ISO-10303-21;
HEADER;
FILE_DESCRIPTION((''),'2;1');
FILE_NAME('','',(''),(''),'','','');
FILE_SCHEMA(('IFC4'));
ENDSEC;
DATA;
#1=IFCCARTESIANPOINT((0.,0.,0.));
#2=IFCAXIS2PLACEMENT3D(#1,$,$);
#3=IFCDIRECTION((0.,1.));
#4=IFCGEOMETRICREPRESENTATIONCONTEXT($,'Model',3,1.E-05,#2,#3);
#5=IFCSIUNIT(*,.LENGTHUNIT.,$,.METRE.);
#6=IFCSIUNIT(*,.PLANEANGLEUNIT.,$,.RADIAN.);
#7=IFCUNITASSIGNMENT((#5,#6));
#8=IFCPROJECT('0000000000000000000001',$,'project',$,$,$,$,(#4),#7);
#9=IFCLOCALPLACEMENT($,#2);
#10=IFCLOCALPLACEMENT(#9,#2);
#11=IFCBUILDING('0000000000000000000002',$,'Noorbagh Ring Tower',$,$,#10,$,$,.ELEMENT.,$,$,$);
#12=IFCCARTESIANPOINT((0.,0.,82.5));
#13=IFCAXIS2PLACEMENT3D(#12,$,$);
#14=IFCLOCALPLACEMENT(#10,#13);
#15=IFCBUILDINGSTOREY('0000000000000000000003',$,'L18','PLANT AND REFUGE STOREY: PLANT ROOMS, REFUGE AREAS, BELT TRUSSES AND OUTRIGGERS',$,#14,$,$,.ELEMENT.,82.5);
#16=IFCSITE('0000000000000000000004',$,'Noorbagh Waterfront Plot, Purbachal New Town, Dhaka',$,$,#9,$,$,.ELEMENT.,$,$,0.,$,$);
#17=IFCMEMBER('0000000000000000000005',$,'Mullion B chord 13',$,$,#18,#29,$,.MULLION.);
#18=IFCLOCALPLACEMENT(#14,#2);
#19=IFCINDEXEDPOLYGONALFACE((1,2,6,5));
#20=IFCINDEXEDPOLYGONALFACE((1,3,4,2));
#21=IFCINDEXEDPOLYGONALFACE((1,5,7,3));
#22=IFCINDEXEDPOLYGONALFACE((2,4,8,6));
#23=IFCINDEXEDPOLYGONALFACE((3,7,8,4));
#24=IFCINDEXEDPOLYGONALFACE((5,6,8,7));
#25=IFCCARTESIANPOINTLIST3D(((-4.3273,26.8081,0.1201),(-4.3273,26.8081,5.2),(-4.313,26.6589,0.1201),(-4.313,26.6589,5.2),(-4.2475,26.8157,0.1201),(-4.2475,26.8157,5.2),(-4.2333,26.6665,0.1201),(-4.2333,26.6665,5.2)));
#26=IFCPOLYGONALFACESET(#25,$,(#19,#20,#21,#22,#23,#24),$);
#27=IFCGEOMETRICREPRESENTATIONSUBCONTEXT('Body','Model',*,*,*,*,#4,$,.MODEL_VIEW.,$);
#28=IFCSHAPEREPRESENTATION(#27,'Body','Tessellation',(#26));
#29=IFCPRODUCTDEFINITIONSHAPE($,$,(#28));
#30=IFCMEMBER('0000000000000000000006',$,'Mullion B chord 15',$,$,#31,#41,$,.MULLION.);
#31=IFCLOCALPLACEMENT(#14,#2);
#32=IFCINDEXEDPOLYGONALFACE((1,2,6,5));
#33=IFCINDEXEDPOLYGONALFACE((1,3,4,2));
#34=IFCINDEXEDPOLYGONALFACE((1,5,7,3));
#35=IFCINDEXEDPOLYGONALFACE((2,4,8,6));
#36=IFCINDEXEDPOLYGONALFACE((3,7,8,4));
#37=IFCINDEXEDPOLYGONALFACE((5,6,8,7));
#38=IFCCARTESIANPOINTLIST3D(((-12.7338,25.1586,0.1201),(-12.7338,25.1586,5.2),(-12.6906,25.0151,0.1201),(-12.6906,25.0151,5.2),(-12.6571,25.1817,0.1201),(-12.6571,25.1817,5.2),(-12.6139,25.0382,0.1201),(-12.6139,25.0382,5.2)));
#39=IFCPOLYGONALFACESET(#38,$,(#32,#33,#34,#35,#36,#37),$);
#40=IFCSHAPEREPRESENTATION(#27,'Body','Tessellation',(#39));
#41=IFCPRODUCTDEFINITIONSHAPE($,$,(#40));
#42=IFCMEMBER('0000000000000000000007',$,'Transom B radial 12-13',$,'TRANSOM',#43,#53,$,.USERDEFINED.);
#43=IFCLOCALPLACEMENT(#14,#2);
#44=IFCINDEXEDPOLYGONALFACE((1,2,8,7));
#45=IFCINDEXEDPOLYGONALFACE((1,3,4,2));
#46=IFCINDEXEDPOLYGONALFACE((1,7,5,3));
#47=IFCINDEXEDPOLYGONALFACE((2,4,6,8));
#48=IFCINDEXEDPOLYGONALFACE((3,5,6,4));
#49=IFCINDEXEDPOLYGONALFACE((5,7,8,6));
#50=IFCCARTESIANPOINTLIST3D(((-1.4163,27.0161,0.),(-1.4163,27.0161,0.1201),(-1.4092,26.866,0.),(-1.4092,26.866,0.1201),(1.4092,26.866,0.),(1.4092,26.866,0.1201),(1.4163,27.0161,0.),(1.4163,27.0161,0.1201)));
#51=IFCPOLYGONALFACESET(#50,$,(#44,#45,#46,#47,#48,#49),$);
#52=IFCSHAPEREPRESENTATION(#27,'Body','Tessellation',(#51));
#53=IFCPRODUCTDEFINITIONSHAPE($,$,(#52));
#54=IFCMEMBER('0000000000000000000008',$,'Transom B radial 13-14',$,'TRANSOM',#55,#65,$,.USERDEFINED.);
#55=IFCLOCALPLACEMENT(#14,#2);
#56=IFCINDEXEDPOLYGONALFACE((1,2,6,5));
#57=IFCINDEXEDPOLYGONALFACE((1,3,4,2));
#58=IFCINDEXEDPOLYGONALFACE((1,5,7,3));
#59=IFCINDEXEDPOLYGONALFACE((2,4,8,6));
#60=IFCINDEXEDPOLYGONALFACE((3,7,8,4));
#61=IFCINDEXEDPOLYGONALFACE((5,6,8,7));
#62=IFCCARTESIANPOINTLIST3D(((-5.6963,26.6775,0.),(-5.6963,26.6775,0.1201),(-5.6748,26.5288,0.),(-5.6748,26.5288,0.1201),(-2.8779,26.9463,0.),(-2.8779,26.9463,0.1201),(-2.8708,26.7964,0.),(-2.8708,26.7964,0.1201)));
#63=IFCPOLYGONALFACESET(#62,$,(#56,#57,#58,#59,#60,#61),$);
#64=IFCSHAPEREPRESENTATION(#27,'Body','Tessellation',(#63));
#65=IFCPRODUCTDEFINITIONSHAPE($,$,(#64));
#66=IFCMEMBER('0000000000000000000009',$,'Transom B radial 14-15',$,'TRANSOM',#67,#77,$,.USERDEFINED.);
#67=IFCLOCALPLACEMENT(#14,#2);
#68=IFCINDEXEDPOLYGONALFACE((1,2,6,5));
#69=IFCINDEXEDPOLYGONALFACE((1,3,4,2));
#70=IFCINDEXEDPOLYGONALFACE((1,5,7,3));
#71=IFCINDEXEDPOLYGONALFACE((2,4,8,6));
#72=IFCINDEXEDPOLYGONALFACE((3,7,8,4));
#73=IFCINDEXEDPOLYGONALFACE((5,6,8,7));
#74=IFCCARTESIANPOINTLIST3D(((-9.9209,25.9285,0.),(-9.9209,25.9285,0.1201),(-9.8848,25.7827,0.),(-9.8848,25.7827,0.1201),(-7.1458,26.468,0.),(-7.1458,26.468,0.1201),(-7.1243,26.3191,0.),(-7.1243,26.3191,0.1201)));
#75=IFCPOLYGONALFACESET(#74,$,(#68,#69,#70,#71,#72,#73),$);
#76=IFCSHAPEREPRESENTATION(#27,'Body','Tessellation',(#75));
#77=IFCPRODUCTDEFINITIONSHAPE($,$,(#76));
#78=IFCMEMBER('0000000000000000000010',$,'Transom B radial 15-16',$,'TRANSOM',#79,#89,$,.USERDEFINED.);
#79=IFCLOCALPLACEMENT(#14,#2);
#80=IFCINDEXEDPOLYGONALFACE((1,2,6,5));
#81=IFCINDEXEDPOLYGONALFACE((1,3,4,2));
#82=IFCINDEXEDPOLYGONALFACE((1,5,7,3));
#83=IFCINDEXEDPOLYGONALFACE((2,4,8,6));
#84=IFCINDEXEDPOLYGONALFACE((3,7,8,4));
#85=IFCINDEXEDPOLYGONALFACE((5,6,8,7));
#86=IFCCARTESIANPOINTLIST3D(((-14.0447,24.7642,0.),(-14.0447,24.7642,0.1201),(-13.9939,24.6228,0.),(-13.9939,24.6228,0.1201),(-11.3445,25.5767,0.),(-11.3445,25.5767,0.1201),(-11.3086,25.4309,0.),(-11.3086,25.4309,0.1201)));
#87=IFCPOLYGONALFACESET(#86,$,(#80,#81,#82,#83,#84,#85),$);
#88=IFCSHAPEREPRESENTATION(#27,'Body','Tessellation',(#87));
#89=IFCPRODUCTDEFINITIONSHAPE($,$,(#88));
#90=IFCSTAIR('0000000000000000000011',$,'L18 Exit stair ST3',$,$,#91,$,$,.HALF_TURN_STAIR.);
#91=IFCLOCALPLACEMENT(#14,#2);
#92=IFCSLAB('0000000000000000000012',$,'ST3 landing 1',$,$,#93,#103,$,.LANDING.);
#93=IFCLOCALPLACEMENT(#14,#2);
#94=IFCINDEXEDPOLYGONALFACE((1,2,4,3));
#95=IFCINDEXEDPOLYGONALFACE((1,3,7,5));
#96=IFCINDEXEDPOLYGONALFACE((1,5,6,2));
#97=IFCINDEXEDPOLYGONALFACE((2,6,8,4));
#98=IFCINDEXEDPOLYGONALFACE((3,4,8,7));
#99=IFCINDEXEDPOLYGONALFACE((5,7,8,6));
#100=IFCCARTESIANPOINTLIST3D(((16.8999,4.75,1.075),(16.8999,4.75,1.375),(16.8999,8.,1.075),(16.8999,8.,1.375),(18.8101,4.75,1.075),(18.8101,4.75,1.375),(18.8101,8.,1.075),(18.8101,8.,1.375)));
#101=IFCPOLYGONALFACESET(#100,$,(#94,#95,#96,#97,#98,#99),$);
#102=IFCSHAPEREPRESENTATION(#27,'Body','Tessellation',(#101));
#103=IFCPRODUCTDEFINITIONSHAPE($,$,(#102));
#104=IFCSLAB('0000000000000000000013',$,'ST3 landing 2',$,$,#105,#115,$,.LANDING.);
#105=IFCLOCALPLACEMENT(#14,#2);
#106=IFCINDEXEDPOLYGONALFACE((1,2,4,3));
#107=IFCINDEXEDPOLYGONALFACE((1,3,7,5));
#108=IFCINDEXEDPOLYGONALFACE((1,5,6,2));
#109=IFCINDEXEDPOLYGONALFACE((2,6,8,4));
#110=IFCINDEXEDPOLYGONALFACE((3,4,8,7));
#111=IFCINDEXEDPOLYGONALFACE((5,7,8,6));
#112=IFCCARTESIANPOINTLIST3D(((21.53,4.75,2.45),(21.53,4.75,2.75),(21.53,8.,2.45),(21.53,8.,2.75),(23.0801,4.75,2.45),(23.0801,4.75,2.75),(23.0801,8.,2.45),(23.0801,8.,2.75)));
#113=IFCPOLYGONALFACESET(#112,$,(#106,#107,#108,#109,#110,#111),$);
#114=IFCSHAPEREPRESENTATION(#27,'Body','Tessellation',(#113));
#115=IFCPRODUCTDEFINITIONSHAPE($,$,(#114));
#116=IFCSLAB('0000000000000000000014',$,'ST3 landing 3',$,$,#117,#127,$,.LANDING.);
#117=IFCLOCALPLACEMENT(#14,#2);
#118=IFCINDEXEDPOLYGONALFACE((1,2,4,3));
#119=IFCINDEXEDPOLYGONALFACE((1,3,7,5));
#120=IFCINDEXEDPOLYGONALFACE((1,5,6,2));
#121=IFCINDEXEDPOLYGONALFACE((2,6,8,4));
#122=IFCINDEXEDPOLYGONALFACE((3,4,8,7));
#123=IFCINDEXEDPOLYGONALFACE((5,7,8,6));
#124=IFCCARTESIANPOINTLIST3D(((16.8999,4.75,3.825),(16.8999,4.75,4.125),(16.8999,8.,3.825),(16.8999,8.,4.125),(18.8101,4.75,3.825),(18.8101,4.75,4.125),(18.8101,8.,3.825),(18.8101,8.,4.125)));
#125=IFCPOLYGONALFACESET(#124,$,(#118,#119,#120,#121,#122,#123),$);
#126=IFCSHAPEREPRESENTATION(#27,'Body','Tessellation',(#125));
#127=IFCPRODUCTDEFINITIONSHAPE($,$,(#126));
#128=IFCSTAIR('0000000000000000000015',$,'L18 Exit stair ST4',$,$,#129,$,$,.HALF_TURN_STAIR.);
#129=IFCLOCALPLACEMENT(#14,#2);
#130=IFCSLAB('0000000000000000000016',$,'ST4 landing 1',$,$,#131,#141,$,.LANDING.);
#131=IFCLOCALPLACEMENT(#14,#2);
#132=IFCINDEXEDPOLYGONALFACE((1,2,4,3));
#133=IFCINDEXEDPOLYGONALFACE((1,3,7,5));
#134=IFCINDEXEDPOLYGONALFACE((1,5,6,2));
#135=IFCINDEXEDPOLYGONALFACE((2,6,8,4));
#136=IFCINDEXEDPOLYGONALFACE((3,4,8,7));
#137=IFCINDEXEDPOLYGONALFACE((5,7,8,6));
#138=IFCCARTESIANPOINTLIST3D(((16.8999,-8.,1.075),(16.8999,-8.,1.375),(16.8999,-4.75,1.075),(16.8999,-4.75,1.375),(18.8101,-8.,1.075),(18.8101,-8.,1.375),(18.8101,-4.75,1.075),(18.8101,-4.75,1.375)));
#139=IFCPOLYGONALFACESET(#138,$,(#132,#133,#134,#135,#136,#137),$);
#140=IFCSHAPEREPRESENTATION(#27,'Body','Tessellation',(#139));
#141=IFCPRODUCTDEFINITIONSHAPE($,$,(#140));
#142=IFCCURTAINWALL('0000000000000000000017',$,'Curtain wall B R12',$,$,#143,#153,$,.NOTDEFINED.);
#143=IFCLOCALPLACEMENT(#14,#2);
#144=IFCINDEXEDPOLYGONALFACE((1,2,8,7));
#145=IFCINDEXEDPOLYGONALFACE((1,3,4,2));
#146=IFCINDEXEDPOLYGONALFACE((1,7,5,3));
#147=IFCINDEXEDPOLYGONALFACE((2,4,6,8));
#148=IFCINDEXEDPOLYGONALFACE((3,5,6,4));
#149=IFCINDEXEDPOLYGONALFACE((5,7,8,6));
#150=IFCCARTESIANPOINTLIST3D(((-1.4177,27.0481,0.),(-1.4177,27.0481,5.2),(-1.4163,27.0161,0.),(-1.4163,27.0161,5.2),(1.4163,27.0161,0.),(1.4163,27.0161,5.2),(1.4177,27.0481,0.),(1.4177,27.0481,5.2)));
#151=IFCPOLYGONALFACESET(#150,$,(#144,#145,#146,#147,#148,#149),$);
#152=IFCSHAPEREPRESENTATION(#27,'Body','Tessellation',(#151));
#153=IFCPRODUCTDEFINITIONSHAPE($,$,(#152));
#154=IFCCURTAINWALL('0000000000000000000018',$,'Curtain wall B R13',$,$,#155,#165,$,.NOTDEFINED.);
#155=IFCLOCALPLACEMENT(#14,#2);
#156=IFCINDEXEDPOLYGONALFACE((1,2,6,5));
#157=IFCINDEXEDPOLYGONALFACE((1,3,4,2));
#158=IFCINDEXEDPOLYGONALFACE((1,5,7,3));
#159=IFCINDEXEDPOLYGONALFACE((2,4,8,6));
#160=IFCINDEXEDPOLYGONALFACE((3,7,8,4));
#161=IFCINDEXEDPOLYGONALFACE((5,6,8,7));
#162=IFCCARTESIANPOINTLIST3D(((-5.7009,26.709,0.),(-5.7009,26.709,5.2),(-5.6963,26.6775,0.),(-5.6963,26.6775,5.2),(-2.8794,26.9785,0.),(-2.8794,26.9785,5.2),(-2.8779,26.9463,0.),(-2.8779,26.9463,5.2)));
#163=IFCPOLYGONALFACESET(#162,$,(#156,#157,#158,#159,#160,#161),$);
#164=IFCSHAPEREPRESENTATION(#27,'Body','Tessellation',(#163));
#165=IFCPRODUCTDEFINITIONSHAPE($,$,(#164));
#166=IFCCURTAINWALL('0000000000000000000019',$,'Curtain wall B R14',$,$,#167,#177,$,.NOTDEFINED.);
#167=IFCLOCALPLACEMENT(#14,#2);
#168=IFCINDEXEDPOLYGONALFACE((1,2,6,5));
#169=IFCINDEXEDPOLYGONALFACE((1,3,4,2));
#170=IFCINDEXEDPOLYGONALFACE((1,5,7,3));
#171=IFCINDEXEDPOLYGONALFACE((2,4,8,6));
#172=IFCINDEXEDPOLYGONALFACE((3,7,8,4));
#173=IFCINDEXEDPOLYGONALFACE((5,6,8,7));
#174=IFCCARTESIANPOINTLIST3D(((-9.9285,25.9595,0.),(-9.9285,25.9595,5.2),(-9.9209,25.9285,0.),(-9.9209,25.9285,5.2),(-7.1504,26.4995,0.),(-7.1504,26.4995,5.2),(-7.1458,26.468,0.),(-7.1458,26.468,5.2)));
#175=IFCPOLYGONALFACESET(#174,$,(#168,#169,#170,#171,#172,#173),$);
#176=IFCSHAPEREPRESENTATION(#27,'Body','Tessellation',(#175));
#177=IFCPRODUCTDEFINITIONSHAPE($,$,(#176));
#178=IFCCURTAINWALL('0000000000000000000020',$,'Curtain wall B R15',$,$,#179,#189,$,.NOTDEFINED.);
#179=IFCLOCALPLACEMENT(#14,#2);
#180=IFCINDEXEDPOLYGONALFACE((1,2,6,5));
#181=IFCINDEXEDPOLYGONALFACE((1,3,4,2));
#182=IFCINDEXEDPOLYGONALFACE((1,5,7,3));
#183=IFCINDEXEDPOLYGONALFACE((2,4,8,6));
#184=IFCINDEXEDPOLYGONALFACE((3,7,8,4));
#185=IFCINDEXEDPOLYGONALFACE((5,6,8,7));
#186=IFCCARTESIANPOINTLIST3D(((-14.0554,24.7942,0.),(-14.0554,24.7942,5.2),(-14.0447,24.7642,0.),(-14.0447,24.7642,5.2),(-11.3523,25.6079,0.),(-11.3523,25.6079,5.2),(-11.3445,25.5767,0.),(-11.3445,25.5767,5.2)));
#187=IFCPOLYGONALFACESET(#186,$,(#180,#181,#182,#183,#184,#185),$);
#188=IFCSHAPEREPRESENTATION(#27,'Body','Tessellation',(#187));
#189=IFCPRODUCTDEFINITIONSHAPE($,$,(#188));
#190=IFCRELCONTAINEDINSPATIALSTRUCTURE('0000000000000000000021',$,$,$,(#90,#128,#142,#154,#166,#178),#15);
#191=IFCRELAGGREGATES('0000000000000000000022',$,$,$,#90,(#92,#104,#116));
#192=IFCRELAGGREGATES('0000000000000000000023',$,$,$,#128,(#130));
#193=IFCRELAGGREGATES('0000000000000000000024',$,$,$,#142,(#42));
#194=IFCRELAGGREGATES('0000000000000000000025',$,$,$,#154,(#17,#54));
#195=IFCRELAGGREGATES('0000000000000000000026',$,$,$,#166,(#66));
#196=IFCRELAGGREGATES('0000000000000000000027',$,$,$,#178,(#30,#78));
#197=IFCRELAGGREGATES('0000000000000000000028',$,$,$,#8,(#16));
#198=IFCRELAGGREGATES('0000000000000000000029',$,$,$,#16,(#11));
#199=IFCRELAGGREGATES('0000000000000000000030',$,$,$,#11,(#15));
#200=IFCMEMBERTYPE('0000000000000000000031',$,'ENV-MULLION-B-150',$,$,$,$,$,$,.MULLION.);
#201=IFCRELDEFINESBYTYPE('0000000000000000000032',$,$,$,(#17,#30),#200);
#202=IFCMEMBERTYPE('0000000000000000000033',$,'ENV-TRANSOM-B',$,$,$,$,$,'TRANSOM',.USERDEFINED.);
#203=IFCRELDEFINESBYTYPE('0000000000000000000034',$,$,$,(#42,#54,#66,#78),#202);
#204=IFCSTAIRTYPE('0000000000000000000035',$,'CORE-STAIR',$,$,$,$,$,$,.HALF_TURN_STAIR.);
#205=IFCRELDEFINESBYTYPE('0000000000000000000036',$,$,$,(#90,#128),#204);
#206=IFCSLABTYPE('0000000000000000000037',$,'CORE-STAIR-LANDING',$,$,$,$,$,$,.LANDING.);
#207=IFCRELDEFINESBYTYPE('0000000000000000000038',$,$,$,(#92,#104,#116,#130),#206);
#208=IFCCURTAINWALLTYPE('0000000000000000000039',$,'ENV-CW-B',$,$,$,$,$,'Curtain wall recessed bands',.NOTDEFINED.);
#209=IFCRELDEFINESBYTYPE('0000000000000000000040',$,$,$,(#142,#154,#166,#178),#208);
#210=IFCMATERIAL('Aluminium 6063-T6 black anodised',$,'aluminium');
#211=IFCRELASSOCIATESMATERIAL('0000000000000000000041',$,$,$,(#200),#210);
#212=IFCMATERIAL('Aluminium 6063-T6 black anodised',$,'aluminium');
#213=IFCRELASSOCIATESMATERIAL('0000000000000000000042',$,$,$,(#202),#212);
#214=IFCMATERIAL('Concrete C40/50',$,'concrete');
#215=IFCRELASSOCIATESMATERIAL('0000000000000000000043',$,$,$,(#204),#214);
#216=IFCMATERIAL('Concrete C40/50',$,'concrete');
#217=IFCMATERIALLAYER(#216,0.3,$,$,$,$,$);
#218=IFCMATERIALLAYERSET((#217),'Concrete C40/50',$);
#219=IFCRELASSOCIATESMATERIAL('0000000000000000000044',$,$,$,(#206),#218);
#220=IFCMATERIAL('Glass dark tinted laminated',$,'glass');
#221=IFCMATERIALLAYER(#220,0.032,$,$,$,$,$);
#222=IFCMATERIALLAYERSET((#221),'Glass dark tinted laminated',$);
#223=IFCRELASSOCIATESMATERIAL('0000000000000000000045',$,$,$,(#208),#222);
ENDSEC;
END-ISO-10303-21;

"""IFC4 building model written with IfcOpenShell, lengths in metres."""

from ifc_helpers import new_model, si_unit, direction, frame, origin, origin_2d, place, context, subcontext, project, spatial, polyline, rectangle, outline, extrude, material, layer, layer_set, material_profile, profile_set, type_object, element, aggregate, save


model = new_model("IFC4")

# Units and contexts
model_context = context("Model", 3, precision=1e-05, world=origin(), true_north=direction((0.0, 1.0)))
body_context = subcontext(model_context, "Body", "Model", "MODEL_VIEW")
ifc_project = project(units=[si_unit("LENGTHUNIT", "METRE"), si_unit("PLANEANGLEUNIT", "RADIAN")], contexts=[model_context])

# Members
ifc_material_1 = material(Name="Aluminium 6063-T6 black anodised", Category="aluminium")
ifc_material_profile = material_profile(ifc_material_1, rectangle(XDim=0.1499, YDim=0.0801, at=origin_2d()), Name="150x80")
ifc_profile_set = profile_set([ifc_material_profile], Name="Aluminium 6063-T6 black anodised")
member_type_1 = type_object("IfcMemberType", Name="ENV-MULLION-B-150", PredefinedType="MULLION", material=ifc_profile_set)
site_placement = place(None, origin())
building_placement = place(site_placement, origin())
storey_placement = place(building_placement, frame((0.0, 0.0, 82.5)))
member_1_placement = place(storey_placement, frame((-4.2803, 26.7373, 0.1201), z_axis=(0.0, 0.0, 1.0), x_axis=(0.095008, -0.995476, 0.0)))
member_1 = element("IfcMember", 1, at=member_1_placement, type_object=member_type_1, Name="Mullion B chord 13", PredefinedType="MULLION", context=body_context, shape_type="SweptSolid", body=[
    extrude(rectangle(XDim=0.1499, YDim=0.0801, at=origin_2d()), origin(), (0.0, 0.0, 1.0), 5.0798),
])
member_2_placement = place(storey_placement, frame((-12.6738, 25.0984, 0.1201), z_axis=(0.0, 0.0, 1.0), x_axis=(0.288174, -0.957578, 0.0)))
member_2 = element("IfcMember", 2, at=member_2_placement, type_object=member_type_1, Name="Mullion B chord 15", PredefinedType="MULLION", context=body_context, shape_type="SweptSolid", body=[
    extrude(rectangle(XDim=0.1499, YDim=0.0801, at=origin_2d()), origin(), (0.0, 0.0, 1.0), 5.0798),
])
ifc_material_2 = material(Name="Aluminium 6063-T6 black anodised", Category="aluminium")
member_type_2 = type_object("IfcMemberType", Name="ENV-TRANSOM-B", ElementType="TRANSOM", PredefinedType="USERDEFINED", material=ifc_material_2)
member_3_placement = place(storey_placement, origin())
member_3 = element("IfcMember", 3, at=member_3_placement, type_object=member_type_2, Name="Transom B radial 12-13", ObjectType="TRANSOM", PredefinedType="USERDEFINED", context=body_context, shape_type="SweptSolid", body=[
    extrude(outline(polyline([(1.4163, 27.0161), (-1.4163, 27.0161), (-1.4092, 26.866), (1.4092, 26.866), (1.4163, 27.0161)])), origin(), (0.0, 0.0, 1.0), 0.1201),
])
member_4_placement = place(storey_placement, origin())
member_4 = element("IfcMember", 4, at=member_4_placement, type_object=member_type_2, Name="Transom B radial 13-14", ObjectType="TRANSOM", PredefinedType="USERDEFINED", context=body_context, shape_type="SweptSolid", body=[
    extrude(outline(polyline([(-2.8779, 26.9463), (-5.6963, 26.6775), (-5.6748, 26.5288), (-2.8708, 26.7964), (-2.8779, 26.9463)])), origin(), (0.0, 0.0, 1.0), 0.1201),
])
member_5_placement = place(storey_placement, origin())
member_5 = element("IfcMember", 5, at=member_5_placement, type_object=member_type_2, Name="Transom B radial 14-15", ObjectType="TRANSOM", PredefinedType="USERDEFINED", context=body_context, shape_type="SweptSolid", body=[
    extrude(outline(polyline([(-7.1458, 26.468), (-9.9209, 25.9285), (-9.8848, 25.7827), (-7.1243, 26.3191), (-7.1458, 26.468)])), origin(), (0.0, 0.0, 1.0), 0.1201),
])
member_6_placement = place(storey_placement, origin())
member_6 = element("IfcMember", 6, at=member_6_placement, type_object=member_type_2, Name="Transom B radial 15-16", ObjectType="TRANSOM", PredefinedType="USERDEFINED", context=body_context, shape_type="SweptSolid", body=[
    extrude(outline(polyline([(-11.3445, 25.5767), (-14.0447, 24.7642), (-13.9939, 24.6228), (-11.3086, 25.4309), (-11.3445, 25.5767)])), origin(), (0.0, 0.0, 1.0), 0.1201),
])

# Site, building, storey
site = spatial("IfcSite", under=ifc_project, at=site_placement, Name="Noorbagh Waterfront Plot, Purbachal New Town, Dhaka", CompositionType="ELEMENT", RefElevation=0.0)
building = spatial("IfcBuilding", under=site, at=building_placement, Name="Noorbagh Ring Tower", CompositionType="ELEMENT")
storey = spatial("IfcBuildingStorey", under=building, at=storey_placement, Name="L18", Description="PLANT AND REFUGE STOREY: PLANT ROOMS, REFUGE AREAS, BELT TRUSSES AND OUTRIGGERS", CompositionType="ELEMENT", Elevation=82.5)

# Stairs, slabs
ifc_material_3 = material(Name="Concrete C40/50", Category="concrete")
stair_type = type_object("IfcStairType", Name="CORE-STAIR", PredefinedType="HALF_TURN_STAIR", material=ifc_material_3)
stair_1_placement = place(storey_placement, origin())
stair_1 = element("IfcStair", 7, at=stair_1_placement, inside=storey, type_object=stair_type, Name="L18 Exit stair ST3", PredefinedType="HALF_TURN_STAIR")
ifc_material_4 = material(Name="Concrete C40/50", Category="concrete")
ifc_layer_1 = layer(ifc_material_4, 0.3)
ifc_layer_set_1 = layer_set([ifc_layer_1], Name="Concrete C40/50")
slab_type = type_object("IfcSlabType", Name="CORE-STAIR-LANDING", PredefinedType="LANDING", material=ifc_layer_set_1)
slab_1_placement = place(storey_placement, frame((0.0, 0.0, 1.075)))
slab_1 = element("IfcSlab", 8, at=slab_1_placement, type_object=slab_type, Name="ST3 landing 1", PredefinedType="LANDING", context=body_context, shape_type="SweptSolid", body=[
    extrude(outline(polyline([(18.8101, 8.0), (16.8999, 8.0), (16.8999, 4.75), (18.8101, 4.75), (18.8101, 8.0)])), origin(), (0.0, 0.0, 1.0), 0.3),
])
slab_2_placement = place(storey_placement, frame((0.0, 0.0, 2.45)))
slab_2 = element("IfcSlab", 9, at=slab_2_placement, type_object=slab_type, Name="ST3 landing 2", PredefinedType="LANDING", context=body_context, shape_type="SweptSolid", body=[
    extrude(outline(polyline([(23.0801, 8.0), (21.53, 8.0), (21.53, 4.75), (23.0801, 4.75), (23.0801, 8.0)])), origin(), (0.0, 0.0, 1.0), 0.3),
])
slab_3_placement = place(storey_placement, frame((0.0, 0.0, 3.825)))
slab_3 = element("IfcSlab", 10, at=slab_3_placement, type_object=slab_type, Name="ST3 landing 3", PredefinedType="LANDING", context=body_context, shape_type="SweptSolid", body=[
    extrude(outline(polyline([(18.8101, 8.0), (16.8999, 8.0), (16.8999, 4.75), (18.8101, 4.75), (18.8101, 8.0)])), origin(), (0.0, 0.0, 1.0), 0.3),
])
aggregate(stair_1, [slab_1, slab_2, slab_3])
stair_2_placement = place(storey_placement, origin())
stair_2 = element("IfcStair", 11, at=stair_2_placement, inside=storey, type_object=stair_type, Name="L18 Exit stair ST4", PredefinedType="HALF_TURN_STAIR")
slab_4_placement = place(storey_placement, frame((0.0, 0.0, 1.075)))
slab_4 = element("IfcSlab", 12, at=slab_4_placement, type_object=slab_type, Name="ST4 landing 1", PredefinedType="LANDING", context=body_context, shape_type="SweptSolid", body=[
    extrude(outline(polyline([(18.8101, -4.75), (16.8999, -4.75), (16.8999, -8.0), (18.8101, -8.0), (18.8101, -4.75)])), origin(), (0.0, 0.0, 1.0), 0.3),
])
aggregate(stair_2, [slab_4])

# Curtain walls
ifc_material_5 = material(Name="Glass dark tinted laminated", Category="glass")
ifc_layer_2 = layer(ifc_material_5, 0.032)
ifc_layer_set_2 = layer_set([ifc_layer_2], Name="Glass dark tinted laminated")
curtain_wall_type = type_object("IfcCurtainWallType", Name="ENV-CW-B", ElementType="Curtain wall recessed bands", PredefinedType="NOTDEFINED", material=ifc_layer_set_2)
curtain_wall_1_placement = place(storey_placement, origin())
curtain_wall_1 = element("IfcCurtainWall", 13, at=curtain_wall_1_placement, inside=storey, type_object=curtain_wall_type, Name="Curtain wall B R12", PredefinedType="NOTDEFINED", context=body_context, shape_type="SweptSolid", body=[
    extrude(outline(polyline([(1.4177, 27.0481), (-1.4177, 27.0481), (-1.4163, 27.0161), (1.4163, 27.0161), (1.4177, 27.0481)])), origin(), (0.0, 0.0, 1.0), 5.2),
])
aggregate(curtain_wall_1, [member_3])
curtain_wall_2_placement = place(storey_placement, origin())
curtain_wall_2 = element("IfcCurtainWall", 14, at=curtain_wall_2_placement, inside=storey, type_object=curtain_wall_type, Name="Curtain wall B R13", PredefinedType="NOTDEFINED", context=body_context, shape_type="SweptSolid", body=[
    extrude(outline(polyline([(-2.8794, 26.9785), (-5.7009, 26.709), (-5.6963, 26.6775), (-2.8779, 26.9463), (-2.8794, 26.9785)])), origin(), (0.0, 0.0, 1.0), 5.2),
])
aggregate(curtain_wall_2, [member_1, member_4])
curtain_wall_3_placement = place(storey_placement, origin())
curtain_wall_3 = element("IfcCurtainWall", 15, at=curtain_wall_3_placement, inside=storey, type_object=curtain_wall_type, Name="Curtain wall B R14", PredefinedType="NOTDEFINED", context=body_context, shape_type="SweptSolid", body=[
    extrude(outline(polyline([(-7.1504, 26.4995), (-9.9285, 25.9595), (-9.9209, 25.9285), (-7.1458, 26.468), (-7.1504, 26.4995)])), origin(), (0.0, 0.0, 1.0), 5.2),
])
aggregate(curtain_wall_3, [member_5])
curtain_wall_4_placement = place(storey_placement, origin())
curtain_wall_4 = element("IfcCurtainWall", 16, at=curtain_wall_4_placement, inside=storey, type_object=curtain_wall_type, Name="Curtain wall B R15", PredefinedType="NOTDEFINED", context=body_context, shape_type="SweptSolid", body=[
    extrude(outline(polyline([(-11.3523, 25.6079), (-14.0554, 24.7942), (-14.0447, 24.7642), (-11.3445, 25.5767), (-11.3523, 25.6079)])), origin(), (0.0, 0.0, 1.0), 5.2),
])
aggregate(curtain_wall_4, [member_2, member_6])

save(model, "model.ifc")
